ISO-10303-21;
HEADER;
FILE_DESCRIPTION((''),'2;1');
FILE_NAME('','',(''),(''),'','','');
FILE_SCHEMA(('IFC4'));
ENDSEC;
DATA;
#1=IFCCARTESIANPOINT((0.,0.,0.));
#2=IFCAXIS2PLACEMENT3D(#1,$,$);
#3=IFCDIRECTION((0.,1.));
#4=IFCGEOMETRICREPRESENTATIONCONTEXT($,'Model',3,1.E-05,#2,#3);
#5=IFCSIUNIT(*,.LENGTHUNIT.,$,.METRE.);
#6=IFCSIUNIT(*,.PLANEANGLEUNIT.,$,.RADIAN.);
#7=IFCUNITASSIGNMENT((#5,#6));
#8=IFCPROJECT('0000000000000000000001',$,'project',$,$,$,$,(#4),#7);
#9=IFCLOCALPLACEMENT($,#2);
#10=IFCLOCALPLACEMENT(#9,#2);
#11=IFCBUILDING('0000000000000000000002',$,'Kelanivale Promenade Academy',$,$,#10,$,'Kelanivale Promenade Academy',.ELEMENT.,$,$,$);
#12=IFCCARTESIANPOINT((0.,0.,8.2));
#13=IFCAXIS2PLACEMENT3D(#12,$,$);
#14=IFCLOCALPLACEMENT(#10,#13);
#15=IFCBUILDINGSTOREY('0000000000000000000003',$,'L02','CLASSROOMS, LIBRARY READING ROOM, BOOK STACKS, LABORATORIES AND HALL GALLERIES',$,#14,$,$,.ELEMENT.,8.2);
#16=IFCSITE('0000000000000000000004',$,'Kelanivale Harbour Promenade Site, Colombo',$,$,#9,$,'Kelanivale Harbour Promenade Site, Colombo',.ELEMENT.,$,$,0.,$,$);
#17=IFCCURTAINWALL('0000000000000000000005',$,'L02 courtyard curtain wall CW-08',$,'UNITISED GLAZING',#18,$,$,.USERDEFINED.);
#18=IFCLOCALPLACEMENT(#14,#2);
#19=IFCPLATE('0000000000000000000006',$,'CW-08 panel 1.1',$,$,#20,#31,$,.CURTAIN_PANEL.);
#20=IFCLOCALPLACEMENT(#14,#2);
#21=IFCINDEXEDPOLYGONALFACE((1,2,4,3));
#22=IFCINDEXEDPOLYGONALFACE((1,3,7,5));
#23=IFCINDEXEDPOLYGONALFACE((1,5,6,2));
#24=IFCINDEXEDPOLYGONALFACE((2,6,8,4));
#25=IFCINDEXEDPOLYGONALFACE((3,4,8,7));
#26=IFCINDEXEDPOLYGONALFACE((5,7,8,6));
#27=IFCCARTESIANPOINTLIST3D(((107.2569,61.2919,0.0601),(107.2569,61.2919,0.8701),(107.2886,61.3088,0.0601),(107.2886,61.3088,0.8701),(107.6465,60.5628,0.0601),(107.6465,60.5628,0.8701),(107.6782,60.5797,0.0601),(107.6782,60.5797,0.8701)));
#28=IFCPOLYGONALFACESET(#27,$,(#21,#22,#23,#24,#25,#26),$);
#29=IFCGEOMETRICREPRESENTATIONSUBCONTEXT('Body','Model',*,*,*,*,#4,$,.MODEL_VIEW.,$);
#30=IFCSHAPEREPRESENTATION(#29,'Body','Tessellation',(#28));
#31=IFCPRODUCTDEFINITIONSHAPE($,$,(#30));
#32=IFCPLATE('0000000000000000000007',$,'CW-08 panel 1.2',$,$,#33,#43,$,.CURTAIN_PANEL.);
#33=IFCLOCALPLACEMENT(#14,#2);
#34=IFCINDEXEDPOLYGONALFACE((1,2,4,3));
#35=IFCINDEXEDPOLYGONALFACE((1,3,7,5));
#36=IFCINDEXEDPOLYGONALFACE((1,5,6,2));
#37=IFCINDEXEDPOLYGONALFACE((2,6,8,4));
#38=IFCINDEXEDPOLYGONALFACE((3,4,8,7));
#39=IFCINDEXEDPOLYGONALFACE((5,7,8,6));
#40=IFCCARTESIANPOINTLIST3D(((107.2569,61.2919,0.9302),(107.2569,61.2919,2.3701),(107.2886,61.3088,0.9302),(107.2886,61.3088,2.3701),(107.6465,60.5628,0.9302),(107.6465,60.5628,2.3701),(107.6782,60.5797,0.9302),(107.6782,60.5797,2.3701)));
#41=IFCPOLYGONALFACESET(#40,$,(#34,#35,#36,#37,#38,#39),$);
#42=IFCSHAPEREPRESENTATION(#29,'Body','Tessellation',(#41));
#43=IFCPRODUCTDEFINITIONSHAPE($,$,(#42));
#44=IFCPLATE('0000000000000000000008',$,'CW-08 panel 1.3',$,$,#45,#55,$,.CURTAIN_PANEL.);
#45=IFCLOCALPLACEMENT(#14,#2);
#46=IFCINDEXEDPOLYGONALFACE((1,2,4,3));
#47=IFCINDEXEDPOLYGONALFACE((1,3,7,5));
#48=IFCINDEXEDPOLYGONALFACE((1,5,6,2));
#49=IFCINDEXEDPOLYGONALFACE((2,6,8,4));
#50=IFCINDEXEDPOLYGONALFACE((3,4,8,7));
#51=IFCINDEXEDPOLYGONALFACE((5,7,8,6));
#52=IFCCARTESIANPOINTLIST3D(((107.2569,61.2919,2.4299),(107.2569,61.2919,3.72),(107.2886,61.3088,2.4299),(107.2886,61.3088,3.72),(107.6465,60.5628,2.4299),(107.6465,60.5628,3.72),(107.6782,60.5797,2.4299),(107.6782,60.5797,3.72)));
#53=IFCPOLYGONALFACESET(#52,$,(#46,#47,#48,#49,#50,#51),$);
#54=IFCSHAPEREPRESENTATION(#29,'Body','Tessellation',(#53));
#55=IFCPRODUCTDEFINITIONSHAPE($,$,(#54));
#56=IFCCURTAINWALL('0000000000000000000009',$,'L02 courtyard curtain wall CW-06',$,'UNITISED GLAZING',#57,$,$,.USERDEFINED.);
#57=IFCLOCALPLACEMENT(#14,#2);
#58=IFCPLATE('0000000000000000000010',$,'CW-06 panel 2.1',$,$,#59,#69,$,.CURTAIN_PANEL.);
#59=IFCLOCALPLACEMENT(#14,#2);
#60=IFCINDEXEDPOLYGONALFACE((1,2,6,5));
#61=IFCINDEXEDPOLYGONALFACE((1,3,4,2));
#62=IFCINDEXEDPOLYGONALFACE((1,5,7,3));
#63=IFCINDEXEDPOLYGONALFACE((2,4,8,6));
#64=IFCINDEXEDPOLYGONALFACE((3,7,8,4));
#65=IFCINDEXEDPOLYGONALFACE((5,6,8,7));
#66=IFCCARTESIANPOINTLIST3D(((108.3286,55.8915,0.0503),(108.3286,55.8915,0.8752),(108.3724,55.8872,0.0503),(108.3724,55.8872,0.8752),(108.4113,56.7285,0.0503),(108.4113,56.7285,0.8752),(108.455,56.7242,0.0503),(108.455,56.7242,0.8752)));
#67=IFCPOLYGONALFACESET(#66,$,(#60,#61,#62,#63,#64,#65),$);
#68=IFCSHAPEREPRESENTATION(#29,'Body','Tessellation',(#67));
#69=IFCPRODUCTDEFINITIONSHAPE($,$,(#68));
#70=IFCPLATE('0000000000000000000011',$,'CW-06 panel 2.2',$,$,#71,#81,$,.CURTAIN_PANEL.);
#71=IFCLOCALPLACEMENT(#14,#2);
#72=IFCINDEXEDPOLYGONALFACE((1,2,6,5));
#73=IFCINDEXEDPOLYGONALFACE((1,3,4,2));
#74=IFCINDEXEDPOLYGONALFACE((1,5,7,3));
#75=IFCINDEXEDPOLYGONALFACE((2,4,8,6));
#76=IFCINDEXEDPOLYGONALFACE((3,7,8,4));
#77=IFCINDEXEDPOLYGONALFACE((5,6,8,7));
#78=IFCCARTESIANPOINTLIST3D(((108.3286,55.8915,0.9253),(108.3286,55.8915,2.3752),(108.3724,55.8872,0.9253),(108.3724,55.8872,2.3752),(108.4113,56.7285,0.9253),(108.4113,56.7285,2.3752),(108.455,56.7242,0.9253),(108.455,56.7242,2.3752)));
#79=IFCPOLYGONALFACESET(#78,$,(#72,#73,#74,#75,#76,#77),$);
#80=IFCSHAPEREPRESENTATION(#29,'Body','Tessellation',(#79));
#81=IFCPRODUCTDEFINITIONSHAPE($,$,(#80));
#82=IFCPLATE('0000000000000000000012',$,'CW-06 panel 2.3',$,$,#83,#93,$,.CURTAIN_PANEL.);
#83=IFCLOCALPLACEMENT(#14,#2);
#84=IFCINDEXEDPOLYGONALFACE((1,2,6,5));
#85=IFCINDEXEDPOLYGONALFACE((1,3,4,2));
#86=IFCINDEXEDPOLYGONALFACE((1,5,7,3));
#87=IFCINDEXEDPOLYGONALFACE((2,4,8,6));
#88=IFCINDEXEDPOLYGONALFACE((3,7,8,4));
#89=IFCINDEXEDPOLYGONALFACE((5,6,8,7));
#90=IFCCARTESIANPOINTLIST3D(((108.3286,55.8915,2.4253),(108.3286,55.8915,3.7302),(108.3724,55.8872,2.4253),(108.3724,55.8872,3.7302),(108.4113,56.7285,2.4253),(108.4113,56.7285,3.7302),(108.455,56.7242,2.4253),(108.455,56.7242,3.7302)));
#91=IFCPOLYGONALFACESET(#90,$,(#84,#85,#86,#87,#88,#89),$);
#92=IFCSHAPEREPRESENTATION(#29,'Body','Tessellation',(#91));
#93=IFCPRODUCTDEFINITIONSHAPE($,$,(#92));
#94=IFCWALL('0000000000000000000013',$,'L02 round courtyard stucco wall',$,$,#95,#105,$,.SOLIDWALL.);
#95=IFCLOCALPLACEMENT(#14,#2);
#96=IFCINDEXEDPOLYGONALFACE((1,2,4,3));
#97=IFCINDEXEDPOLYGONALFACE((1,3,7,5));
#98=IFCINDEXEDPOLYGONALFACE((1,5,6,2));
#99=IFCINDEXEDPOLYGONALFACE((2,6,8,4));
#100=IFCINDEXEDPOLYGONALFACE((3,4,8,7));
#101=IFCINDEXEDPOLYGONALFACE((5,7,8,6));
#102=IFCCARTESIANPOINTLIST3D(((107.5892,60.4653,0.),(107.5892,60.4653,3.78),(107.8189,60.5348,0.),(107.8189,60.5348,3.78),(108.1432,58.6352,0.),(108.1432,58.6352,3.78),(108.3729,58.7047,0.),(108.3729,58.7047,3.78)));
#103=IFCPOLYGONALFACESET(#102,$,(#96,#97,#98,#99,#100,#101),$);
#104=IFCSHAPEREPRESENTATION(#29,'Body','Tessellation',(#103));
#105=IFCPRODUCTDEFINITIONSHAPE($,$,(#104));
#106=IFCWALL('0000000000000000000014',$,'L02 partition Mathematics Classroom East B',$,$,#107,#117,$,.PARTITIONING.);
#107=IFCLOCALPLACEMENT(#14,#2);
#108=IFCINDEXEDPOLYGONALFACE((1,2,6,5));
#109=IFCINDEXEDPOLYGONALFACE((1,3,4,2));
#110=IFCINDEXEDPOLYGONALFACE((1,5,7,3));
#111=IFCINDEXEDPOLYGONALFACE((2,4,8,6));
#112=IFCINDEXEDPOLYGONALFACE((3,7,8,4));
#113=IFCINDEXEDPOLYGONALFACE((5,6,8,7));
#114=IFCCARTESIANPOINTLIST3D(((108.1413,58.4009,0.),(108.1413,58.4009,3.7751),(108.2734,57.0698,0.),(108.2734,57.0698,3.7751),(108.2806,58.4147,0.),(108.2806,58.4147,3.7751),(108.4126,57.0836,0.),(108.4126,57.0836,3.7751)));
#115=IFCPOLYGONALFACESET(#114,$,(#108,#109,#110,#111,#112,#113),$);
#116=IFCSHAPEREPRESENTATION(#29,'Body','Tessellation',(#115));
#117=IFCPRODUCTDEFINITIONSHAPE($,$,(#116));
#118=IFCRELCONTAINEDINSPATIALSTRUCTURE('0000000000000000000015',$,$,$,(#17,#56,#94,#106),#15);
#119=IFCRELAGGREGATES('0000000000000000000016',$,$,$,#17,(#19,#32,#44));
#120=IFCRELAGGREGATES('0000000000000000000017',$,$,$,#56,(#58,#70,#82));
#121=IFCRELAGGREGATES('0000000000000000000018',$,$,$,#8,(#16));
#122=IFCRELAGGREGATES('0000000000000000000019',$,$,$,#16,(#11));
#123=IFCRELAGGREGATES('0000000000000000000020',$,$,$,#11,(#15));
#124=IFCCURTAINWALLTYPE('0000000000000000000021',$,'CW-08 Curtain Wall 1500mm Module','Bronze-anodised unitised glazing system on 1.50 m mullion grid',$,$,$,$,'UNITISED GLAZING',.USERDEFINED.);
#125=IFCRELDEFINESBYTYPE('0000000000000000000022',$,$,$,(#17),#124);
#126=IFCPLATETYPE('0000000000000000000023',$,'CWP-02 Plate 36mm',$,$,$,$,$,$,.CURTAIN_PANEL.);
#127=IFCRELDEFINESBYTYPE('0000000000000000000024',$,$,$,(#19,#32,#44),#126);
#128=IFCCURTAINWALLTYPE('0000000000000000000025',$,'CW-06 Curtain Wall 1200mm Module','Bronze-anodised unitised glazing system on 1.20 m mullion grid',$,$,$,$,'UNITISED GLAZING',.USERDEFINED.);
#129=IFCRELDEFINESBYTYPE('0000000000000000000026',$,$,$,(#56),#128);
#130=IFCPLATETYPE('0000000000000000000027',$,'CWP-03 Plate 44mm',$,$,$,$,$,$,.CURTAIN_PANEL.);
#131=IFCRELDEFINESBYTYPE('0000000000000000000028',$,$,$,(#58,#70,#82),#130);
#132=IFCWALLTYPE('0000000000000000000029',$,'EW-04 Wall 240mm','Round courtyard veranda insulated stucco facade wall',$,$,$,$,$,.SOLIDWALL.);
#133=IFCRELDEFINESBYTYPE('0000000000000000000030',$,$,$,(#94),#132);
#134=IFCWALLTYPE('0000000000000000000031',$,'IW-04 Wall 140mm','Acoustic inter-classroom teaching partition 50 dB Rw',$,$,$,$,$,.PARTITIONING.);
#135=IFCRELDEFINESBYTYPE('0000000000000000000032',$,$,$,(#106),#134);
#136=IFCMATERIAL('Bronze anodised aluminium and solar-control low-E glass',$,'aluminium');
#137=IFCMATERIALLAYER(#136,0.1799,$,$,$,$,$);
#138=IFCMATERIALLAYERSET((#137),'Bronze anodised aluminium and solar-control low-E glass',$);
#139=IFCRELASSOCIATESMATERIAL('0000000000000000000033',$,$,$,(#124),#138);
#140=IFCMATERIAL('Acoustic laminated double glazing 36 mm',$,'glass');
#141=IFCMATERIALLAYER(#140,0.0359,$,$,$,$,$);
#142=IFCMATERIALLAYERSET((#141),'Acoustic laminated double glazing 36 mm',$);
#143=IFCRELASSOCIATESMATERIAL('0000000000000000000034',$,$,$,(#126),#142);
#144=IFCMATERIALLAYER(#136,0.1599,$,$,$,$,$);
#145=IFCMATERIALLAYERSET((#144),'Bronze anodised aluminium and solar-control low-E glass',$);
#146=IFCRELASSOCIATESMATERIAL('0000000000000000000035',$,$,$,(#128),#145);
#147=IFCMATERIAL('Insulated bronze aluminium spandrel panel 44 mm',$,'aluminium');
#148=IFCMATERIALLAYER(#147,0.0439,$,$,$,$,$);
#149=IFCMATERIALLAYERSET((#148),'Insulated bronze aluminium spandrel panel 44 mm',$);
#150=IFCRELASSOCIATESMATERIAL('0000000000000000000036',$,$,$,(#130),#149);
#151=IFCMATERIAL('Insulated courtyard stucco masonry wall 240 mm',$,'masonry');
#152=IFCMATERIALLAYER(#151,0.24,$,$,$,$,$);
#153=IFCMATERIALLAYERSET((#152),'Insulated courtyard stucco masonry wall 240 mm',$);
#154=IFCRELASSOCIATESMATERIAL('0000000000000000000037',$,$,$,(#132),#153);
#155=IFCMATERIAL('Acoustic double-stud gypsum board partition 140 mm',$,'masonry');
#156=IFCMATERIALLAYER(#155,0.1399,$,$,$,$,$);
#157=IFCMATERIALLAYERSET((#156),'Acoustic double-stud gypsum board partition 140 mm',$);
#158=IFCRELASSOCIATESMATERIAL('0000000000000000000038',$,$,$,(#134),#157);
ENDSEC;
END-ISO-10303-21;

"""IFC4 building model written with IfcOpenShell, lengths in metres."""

from ifc_helpers import new_model, si_unit, direction, frame, frame_2d, origin, origin_2d, place, context, subcontext, project, spatial, rectangle, extrude, material, layer, layer_set, type_object, element, aggregate, save


model = new_model("IFC4")

# Units and contexts
model_context = context("Model", 3, precision=1e-05, world=origin(), true_north=direction((0.0, 1.0)))
body_context = subcontext(model_context, "Body", "Model", "MODEL_VIEW")
ifc_project = project(units=[si_unit("LENGTHUNIT", "METRE"), si_unit("PLANEANGLEUNIT", "RADIAN")], contexts=[model_context])

# Site, building, storey
site_placement = place(None, origin())
site = spatial("IfcSite", under=ifc_project, at=site_placement, Name="Kelanivale Harbour Promenade Site, Colombo", LongName="Kelanivale Harbour Promenade Site, Colombo", CompositionType="ELEMENT", RefElevation=0.0)
building_placement = place(site_placement, origin())
building = spatial("IfcBuilding", under=site, at=building_placement, Name="Kelanivale Promenade Academy", LongName="Kelanivale Promenade Academy", CompositionType="ELEMENT")
storey_placement = place(building_placement, frame((0.0, 0.0, 8.2)))
storey = spatial("IfcBuildingStorey", under=building, at=storey_placement, Name="L02", Description="CLASSROOMS, LIBRARY READING ROOM, BOOK STACKS, LABORATORIES AND HALL GALLERIES", CompositionType="ELEMENT", Elevation=8.2)

# Curtain wall
ifc_material_1 = material(Name="Bronze anodised aluminium and solar-control low-E glass", Category="aluminium")
ifc_layer_1 = layer(ifc_material_1, 0.1799)
ifc_layer_set_1 = layer_set([ifc_layer_1], Name="Bronze anodised aluminium and solar-control low-E glass")
curtain_wall_type_1 = type_object("IfcCurtainWallType", Name="CW-08 Curtain Wall 1500mm Module", Description="Bronze-anodised unitised glazing system on 1.50 m mullion grid", ElementType="UNITISED GLAZING", PredefinedType="USERDEFINED", material=ifc_layer_set_1)
curtain_wall_1_placement = place(storey_placement, origin())
curtain_wall_1 = element("IfcCurtainWall", 1, at=curtain_wall_1_placement, inside=storey, type_object=curtain_wall_type_1, Name="L02 courtyard curtain wall CW-08", ObjectType="UNITISED GLAZING", PredefinedType="USERDEFINED")

# Plates
ifc_material_2 = material(Name="Acoustic laminated double glazing 36 mm", Category="glass")
ifc_layer_2 = layer(ifc_material_2, 0.0359)
ifc_layer_set_2 = layer_set([ifc_layer_2], Name="Acoustic laminated double glazing 36 mm")
plate_type_1 = type_object("IfcPlateType", Name="CWP-02 Plate 36mm", PredefinedType="CURTAIN_PANEL", material=ifc_layer_set_2)
plate_1_placement = place(storey_placement, frame((107.4675, 60.9358, 0.0601), z_axis=(0.0, 0.0, 1.0), x_axis=(-0.47129, 0.881978, 0.0)))
plate_1 = element("IfcPlate", 2, at=plate_1_placement, type_object=plate_type_1, Name="CW-08 panel 1.1", PredefinedType="CURTAIN_PANEL", context=body_context, shape_type="SweptSolid", body=[
    extrude(rectangle(XDim=0.8267, YDim=0.0359, at=origin_2d()), origin(), (0.0, 0.0, 1.0), 0.8101),
])
plate_2_placement = place(storey_placement, frame((107.4675, 60.9358, 0.9302), z_axis=(0.0, 0.0, 1.0), x_axis=(-0.47129, 0.881978, 0.0)))
plate_2 = element("IfcPlate", 3, at=plate_2_placement, type_object=plate_type_1, Name="CW-08 panel 1.2", PredefinedType="CURTAIN_PANEL", context=body_context, shape_type="SweptSolid", body=[
    extrude(rectangle(XDim=0.8267, YDim=0.0359, at=origin_2d()), origin(), (0.0, 0.0, 1.0), 1.4399),
])
plate_3_placement = place(storey_placement, frame((107.4675, 60.9358, 2.4299), z_axis=(0.0, 0.0, 1.0), x_axis=(-0.47129, 0.881978, 0.0)))
plate_3 = element("IfcPlate", 4, at=plate_3_placement, type_object=plate_type_1, Name="CW-08 panel 1.3", PredefinedType="CURTAIN_PANEL", context=body_context, shape_type="SweptSolid", body=[
    extrude(rectangle(XDim=0.8267, YDim=0.0359, at=origin_2d()), origin(), (0.0, 0.0, 1.0), 1.29),
])
aggregate(curtain_wall_1, [plate_1, plate_2, plate_3])

# Curtain wall, plates
ifc_layer_3 = layer(ifc_material_1, 0.1599)
ifc_layer_set_3 = layer_set([ifc_layer_3], Name="Bronze anodised aluminium and solar-control low-E glass")
curtain_wall_type_2 = type_object("IfcCurtainWallType", Name="CW-06 Curtain Wall 1200mm Module", Description="Bronze-anodised unitised glazing system on 1.20 m mullion grid", ElementType="UNITISED GLAZING", PredefinedType="USERDEFINED", material=ifc_layer_set_3)
curtain_wall_2_placement = place(storey_placement, origin())
curtain_wall_2 = element("IfcCurtainWall", 5, at=curtain_wall_2_placement, inside=storey, type_object=curtain_wall_type_2, Name="L02 courtyard curtain wall CW-06", ObjectType="UNITISED GLAZING", PredefinedType="USERDEFINED")
ifc_material_3 = material(Name="Insulated bronze aluminium spandrel panel 44 mm", Category="aluminium")
ifc_layer_4 = layer(ifc_material_3, 0.0439)
ifc_layer_set_4 = layer_set([ifc_layer_4], Name="Insulated bronze aluminium spandrel panel 44 mm")
plate_type_2 = type_object("IfcPlateType", Name="CWP-03 Plate 44mm", PredefinedType="CURTAIN_PANEL", material=ifc_layer_set_4)
plate_4_placement = place(storey_placement, frame((108.3918, 56.3079, 0.0503), z_axis=(0.0, 0.0, 1.0), x_axis=(0.098281, 0.995159, 0.0)))
plate_4 = element("IfcPlate", 6, at=plate_4_placement, type_object=plate_type_2, Name="CW-06 panel 2.1", PredefinedType="CURTAIN_PANEL", context=body_context, shape_type="SweptSolid", body=[
    extrude(rectangle(XDim=0.8411, YDim=0.0439, at=origin_2d()), origin(), (0.0, 0.0, 1.0), 0.825),
])
plate_5_placement = place(storey_placement, frame((108.3918, 56.3079, 0.9253), z_axis=(0.0, 0.0, 1.0), x_axis=(0.098281, 0.995159, 0.0)))
plate_5 = element("IfcPlate", 7, at=plate_5_placement, type_object=plate_type_2, Name="CW-06 panel 2.2", PredefinedType="CURTAIN_PANEL", context=body_context, shape_type="SweptSolid", body=[
    extrude(rectangle(XDim=0.8411, YDim=0.0439, at=origin_2d()), origin(), (0.0, 0.0, 1.0), 1.45),
])
plate_6_placement = place(storey_placement, frame((108.3918, 56.3079, 2.4253), z_axis=(0.0, 0.0, 1.0), x_axis=(0.098281, 0.995159, 0.0)))
plate_6 = element("IfcPlate", 8, at=plate_6_placement, type_object=plate_type_2, Name="CW-06 panel 2.3", PredefinedType="CURTAIN_PANEL", context=body_context, shape_type="SweptSolid", body=[
    extrude(rectangle(XDim=0.8411, YDim=0.0439, at=origin_2d()), origin(), (0.0, 0.0, 1.0), 1.3049),
])
aggregate(curtain_wall_2, [plate_4, plate_5, plate_6])

# Walls
ifc_material_4 = material(Name="Insulated courtyard stucco masonry wall 240 mm", Category="masonry")
ifc_layer_5 = layer(ifc_material_4, 0.24)
ifc_layer_set_5 = layer_set([ifc_layer_5], Name="Insulated courtyard stucco masonry wall 240 mm")
wall_type_1 = type_object("IfcWallType", Name="EW-04 Wall 240mm", Description="Round courtyard veranda insulated stucco facade wall", PredefinedType="SOLIDWALL", material=ifc_layer_set_5)
wall_1_placement = place(storey_placement, frame((108.2581, 58.6699, 0.0), z_axis=(0.0, 0.0, 1.0), x_axis=(-0.289713, 0.957113, 0.0)))
element("IfcWall", 9, at=wall_1_placement, inside=storey, type_object=wall_type_1, Name="L02 round courtyard stucco wall", PredefinedType="SOLIDWALL", context=body_context, shape_type="SweptSolid", body=[
    extrude(rectangle(XDim=1.9121, YDim=0.24, at=frame_2d((0.9561, 0.0))), origin(), (0.0, 0.0, 1.0), 3.78),
])
ifc_material_5 = material(Name="Acoustic double-stud gypsum board partition 140 mm", Category="masonry")
ifc_layer_6 = layer(ifc_material_5, 0.1399)
ifc_layer_set_6 = layer_set([ifc_layer_6], Name="Acoustic double-stud gypsum board partition 140 mm")
wall_type_2 = type_object("IfcWallType", Name="IW-04 Wall 140mm", Description="Acoustic inter-classroom teaching partition 50 dB Rw", PredefinedType="PARTITIONING", material=ifc_layer_set_6)
wall_2_placement = place(storey_placement, frame((108.2109, 58.408, 0.0), z_axis=(0.0, 0.0, 1.0), x_axis=(0.098745, -0.995113, 0.0)))
element("IfcWall", 10, at=wall_2_placement, inside=storey, type_object=wall_type_2, Name="L02 partition Mathematics Classroom East B", PredefinedType="PARTITIONING", context=body_context, shape_type="SweptSolid", body=[
    extrude(rectangle(XDim=1.3376, YDim=0.1399, at=frame_2d((0.6689, 0.0))), origin(), (0.0, 0.0, 1.0), 3.7751),
])

save(model, "model.ifc")
